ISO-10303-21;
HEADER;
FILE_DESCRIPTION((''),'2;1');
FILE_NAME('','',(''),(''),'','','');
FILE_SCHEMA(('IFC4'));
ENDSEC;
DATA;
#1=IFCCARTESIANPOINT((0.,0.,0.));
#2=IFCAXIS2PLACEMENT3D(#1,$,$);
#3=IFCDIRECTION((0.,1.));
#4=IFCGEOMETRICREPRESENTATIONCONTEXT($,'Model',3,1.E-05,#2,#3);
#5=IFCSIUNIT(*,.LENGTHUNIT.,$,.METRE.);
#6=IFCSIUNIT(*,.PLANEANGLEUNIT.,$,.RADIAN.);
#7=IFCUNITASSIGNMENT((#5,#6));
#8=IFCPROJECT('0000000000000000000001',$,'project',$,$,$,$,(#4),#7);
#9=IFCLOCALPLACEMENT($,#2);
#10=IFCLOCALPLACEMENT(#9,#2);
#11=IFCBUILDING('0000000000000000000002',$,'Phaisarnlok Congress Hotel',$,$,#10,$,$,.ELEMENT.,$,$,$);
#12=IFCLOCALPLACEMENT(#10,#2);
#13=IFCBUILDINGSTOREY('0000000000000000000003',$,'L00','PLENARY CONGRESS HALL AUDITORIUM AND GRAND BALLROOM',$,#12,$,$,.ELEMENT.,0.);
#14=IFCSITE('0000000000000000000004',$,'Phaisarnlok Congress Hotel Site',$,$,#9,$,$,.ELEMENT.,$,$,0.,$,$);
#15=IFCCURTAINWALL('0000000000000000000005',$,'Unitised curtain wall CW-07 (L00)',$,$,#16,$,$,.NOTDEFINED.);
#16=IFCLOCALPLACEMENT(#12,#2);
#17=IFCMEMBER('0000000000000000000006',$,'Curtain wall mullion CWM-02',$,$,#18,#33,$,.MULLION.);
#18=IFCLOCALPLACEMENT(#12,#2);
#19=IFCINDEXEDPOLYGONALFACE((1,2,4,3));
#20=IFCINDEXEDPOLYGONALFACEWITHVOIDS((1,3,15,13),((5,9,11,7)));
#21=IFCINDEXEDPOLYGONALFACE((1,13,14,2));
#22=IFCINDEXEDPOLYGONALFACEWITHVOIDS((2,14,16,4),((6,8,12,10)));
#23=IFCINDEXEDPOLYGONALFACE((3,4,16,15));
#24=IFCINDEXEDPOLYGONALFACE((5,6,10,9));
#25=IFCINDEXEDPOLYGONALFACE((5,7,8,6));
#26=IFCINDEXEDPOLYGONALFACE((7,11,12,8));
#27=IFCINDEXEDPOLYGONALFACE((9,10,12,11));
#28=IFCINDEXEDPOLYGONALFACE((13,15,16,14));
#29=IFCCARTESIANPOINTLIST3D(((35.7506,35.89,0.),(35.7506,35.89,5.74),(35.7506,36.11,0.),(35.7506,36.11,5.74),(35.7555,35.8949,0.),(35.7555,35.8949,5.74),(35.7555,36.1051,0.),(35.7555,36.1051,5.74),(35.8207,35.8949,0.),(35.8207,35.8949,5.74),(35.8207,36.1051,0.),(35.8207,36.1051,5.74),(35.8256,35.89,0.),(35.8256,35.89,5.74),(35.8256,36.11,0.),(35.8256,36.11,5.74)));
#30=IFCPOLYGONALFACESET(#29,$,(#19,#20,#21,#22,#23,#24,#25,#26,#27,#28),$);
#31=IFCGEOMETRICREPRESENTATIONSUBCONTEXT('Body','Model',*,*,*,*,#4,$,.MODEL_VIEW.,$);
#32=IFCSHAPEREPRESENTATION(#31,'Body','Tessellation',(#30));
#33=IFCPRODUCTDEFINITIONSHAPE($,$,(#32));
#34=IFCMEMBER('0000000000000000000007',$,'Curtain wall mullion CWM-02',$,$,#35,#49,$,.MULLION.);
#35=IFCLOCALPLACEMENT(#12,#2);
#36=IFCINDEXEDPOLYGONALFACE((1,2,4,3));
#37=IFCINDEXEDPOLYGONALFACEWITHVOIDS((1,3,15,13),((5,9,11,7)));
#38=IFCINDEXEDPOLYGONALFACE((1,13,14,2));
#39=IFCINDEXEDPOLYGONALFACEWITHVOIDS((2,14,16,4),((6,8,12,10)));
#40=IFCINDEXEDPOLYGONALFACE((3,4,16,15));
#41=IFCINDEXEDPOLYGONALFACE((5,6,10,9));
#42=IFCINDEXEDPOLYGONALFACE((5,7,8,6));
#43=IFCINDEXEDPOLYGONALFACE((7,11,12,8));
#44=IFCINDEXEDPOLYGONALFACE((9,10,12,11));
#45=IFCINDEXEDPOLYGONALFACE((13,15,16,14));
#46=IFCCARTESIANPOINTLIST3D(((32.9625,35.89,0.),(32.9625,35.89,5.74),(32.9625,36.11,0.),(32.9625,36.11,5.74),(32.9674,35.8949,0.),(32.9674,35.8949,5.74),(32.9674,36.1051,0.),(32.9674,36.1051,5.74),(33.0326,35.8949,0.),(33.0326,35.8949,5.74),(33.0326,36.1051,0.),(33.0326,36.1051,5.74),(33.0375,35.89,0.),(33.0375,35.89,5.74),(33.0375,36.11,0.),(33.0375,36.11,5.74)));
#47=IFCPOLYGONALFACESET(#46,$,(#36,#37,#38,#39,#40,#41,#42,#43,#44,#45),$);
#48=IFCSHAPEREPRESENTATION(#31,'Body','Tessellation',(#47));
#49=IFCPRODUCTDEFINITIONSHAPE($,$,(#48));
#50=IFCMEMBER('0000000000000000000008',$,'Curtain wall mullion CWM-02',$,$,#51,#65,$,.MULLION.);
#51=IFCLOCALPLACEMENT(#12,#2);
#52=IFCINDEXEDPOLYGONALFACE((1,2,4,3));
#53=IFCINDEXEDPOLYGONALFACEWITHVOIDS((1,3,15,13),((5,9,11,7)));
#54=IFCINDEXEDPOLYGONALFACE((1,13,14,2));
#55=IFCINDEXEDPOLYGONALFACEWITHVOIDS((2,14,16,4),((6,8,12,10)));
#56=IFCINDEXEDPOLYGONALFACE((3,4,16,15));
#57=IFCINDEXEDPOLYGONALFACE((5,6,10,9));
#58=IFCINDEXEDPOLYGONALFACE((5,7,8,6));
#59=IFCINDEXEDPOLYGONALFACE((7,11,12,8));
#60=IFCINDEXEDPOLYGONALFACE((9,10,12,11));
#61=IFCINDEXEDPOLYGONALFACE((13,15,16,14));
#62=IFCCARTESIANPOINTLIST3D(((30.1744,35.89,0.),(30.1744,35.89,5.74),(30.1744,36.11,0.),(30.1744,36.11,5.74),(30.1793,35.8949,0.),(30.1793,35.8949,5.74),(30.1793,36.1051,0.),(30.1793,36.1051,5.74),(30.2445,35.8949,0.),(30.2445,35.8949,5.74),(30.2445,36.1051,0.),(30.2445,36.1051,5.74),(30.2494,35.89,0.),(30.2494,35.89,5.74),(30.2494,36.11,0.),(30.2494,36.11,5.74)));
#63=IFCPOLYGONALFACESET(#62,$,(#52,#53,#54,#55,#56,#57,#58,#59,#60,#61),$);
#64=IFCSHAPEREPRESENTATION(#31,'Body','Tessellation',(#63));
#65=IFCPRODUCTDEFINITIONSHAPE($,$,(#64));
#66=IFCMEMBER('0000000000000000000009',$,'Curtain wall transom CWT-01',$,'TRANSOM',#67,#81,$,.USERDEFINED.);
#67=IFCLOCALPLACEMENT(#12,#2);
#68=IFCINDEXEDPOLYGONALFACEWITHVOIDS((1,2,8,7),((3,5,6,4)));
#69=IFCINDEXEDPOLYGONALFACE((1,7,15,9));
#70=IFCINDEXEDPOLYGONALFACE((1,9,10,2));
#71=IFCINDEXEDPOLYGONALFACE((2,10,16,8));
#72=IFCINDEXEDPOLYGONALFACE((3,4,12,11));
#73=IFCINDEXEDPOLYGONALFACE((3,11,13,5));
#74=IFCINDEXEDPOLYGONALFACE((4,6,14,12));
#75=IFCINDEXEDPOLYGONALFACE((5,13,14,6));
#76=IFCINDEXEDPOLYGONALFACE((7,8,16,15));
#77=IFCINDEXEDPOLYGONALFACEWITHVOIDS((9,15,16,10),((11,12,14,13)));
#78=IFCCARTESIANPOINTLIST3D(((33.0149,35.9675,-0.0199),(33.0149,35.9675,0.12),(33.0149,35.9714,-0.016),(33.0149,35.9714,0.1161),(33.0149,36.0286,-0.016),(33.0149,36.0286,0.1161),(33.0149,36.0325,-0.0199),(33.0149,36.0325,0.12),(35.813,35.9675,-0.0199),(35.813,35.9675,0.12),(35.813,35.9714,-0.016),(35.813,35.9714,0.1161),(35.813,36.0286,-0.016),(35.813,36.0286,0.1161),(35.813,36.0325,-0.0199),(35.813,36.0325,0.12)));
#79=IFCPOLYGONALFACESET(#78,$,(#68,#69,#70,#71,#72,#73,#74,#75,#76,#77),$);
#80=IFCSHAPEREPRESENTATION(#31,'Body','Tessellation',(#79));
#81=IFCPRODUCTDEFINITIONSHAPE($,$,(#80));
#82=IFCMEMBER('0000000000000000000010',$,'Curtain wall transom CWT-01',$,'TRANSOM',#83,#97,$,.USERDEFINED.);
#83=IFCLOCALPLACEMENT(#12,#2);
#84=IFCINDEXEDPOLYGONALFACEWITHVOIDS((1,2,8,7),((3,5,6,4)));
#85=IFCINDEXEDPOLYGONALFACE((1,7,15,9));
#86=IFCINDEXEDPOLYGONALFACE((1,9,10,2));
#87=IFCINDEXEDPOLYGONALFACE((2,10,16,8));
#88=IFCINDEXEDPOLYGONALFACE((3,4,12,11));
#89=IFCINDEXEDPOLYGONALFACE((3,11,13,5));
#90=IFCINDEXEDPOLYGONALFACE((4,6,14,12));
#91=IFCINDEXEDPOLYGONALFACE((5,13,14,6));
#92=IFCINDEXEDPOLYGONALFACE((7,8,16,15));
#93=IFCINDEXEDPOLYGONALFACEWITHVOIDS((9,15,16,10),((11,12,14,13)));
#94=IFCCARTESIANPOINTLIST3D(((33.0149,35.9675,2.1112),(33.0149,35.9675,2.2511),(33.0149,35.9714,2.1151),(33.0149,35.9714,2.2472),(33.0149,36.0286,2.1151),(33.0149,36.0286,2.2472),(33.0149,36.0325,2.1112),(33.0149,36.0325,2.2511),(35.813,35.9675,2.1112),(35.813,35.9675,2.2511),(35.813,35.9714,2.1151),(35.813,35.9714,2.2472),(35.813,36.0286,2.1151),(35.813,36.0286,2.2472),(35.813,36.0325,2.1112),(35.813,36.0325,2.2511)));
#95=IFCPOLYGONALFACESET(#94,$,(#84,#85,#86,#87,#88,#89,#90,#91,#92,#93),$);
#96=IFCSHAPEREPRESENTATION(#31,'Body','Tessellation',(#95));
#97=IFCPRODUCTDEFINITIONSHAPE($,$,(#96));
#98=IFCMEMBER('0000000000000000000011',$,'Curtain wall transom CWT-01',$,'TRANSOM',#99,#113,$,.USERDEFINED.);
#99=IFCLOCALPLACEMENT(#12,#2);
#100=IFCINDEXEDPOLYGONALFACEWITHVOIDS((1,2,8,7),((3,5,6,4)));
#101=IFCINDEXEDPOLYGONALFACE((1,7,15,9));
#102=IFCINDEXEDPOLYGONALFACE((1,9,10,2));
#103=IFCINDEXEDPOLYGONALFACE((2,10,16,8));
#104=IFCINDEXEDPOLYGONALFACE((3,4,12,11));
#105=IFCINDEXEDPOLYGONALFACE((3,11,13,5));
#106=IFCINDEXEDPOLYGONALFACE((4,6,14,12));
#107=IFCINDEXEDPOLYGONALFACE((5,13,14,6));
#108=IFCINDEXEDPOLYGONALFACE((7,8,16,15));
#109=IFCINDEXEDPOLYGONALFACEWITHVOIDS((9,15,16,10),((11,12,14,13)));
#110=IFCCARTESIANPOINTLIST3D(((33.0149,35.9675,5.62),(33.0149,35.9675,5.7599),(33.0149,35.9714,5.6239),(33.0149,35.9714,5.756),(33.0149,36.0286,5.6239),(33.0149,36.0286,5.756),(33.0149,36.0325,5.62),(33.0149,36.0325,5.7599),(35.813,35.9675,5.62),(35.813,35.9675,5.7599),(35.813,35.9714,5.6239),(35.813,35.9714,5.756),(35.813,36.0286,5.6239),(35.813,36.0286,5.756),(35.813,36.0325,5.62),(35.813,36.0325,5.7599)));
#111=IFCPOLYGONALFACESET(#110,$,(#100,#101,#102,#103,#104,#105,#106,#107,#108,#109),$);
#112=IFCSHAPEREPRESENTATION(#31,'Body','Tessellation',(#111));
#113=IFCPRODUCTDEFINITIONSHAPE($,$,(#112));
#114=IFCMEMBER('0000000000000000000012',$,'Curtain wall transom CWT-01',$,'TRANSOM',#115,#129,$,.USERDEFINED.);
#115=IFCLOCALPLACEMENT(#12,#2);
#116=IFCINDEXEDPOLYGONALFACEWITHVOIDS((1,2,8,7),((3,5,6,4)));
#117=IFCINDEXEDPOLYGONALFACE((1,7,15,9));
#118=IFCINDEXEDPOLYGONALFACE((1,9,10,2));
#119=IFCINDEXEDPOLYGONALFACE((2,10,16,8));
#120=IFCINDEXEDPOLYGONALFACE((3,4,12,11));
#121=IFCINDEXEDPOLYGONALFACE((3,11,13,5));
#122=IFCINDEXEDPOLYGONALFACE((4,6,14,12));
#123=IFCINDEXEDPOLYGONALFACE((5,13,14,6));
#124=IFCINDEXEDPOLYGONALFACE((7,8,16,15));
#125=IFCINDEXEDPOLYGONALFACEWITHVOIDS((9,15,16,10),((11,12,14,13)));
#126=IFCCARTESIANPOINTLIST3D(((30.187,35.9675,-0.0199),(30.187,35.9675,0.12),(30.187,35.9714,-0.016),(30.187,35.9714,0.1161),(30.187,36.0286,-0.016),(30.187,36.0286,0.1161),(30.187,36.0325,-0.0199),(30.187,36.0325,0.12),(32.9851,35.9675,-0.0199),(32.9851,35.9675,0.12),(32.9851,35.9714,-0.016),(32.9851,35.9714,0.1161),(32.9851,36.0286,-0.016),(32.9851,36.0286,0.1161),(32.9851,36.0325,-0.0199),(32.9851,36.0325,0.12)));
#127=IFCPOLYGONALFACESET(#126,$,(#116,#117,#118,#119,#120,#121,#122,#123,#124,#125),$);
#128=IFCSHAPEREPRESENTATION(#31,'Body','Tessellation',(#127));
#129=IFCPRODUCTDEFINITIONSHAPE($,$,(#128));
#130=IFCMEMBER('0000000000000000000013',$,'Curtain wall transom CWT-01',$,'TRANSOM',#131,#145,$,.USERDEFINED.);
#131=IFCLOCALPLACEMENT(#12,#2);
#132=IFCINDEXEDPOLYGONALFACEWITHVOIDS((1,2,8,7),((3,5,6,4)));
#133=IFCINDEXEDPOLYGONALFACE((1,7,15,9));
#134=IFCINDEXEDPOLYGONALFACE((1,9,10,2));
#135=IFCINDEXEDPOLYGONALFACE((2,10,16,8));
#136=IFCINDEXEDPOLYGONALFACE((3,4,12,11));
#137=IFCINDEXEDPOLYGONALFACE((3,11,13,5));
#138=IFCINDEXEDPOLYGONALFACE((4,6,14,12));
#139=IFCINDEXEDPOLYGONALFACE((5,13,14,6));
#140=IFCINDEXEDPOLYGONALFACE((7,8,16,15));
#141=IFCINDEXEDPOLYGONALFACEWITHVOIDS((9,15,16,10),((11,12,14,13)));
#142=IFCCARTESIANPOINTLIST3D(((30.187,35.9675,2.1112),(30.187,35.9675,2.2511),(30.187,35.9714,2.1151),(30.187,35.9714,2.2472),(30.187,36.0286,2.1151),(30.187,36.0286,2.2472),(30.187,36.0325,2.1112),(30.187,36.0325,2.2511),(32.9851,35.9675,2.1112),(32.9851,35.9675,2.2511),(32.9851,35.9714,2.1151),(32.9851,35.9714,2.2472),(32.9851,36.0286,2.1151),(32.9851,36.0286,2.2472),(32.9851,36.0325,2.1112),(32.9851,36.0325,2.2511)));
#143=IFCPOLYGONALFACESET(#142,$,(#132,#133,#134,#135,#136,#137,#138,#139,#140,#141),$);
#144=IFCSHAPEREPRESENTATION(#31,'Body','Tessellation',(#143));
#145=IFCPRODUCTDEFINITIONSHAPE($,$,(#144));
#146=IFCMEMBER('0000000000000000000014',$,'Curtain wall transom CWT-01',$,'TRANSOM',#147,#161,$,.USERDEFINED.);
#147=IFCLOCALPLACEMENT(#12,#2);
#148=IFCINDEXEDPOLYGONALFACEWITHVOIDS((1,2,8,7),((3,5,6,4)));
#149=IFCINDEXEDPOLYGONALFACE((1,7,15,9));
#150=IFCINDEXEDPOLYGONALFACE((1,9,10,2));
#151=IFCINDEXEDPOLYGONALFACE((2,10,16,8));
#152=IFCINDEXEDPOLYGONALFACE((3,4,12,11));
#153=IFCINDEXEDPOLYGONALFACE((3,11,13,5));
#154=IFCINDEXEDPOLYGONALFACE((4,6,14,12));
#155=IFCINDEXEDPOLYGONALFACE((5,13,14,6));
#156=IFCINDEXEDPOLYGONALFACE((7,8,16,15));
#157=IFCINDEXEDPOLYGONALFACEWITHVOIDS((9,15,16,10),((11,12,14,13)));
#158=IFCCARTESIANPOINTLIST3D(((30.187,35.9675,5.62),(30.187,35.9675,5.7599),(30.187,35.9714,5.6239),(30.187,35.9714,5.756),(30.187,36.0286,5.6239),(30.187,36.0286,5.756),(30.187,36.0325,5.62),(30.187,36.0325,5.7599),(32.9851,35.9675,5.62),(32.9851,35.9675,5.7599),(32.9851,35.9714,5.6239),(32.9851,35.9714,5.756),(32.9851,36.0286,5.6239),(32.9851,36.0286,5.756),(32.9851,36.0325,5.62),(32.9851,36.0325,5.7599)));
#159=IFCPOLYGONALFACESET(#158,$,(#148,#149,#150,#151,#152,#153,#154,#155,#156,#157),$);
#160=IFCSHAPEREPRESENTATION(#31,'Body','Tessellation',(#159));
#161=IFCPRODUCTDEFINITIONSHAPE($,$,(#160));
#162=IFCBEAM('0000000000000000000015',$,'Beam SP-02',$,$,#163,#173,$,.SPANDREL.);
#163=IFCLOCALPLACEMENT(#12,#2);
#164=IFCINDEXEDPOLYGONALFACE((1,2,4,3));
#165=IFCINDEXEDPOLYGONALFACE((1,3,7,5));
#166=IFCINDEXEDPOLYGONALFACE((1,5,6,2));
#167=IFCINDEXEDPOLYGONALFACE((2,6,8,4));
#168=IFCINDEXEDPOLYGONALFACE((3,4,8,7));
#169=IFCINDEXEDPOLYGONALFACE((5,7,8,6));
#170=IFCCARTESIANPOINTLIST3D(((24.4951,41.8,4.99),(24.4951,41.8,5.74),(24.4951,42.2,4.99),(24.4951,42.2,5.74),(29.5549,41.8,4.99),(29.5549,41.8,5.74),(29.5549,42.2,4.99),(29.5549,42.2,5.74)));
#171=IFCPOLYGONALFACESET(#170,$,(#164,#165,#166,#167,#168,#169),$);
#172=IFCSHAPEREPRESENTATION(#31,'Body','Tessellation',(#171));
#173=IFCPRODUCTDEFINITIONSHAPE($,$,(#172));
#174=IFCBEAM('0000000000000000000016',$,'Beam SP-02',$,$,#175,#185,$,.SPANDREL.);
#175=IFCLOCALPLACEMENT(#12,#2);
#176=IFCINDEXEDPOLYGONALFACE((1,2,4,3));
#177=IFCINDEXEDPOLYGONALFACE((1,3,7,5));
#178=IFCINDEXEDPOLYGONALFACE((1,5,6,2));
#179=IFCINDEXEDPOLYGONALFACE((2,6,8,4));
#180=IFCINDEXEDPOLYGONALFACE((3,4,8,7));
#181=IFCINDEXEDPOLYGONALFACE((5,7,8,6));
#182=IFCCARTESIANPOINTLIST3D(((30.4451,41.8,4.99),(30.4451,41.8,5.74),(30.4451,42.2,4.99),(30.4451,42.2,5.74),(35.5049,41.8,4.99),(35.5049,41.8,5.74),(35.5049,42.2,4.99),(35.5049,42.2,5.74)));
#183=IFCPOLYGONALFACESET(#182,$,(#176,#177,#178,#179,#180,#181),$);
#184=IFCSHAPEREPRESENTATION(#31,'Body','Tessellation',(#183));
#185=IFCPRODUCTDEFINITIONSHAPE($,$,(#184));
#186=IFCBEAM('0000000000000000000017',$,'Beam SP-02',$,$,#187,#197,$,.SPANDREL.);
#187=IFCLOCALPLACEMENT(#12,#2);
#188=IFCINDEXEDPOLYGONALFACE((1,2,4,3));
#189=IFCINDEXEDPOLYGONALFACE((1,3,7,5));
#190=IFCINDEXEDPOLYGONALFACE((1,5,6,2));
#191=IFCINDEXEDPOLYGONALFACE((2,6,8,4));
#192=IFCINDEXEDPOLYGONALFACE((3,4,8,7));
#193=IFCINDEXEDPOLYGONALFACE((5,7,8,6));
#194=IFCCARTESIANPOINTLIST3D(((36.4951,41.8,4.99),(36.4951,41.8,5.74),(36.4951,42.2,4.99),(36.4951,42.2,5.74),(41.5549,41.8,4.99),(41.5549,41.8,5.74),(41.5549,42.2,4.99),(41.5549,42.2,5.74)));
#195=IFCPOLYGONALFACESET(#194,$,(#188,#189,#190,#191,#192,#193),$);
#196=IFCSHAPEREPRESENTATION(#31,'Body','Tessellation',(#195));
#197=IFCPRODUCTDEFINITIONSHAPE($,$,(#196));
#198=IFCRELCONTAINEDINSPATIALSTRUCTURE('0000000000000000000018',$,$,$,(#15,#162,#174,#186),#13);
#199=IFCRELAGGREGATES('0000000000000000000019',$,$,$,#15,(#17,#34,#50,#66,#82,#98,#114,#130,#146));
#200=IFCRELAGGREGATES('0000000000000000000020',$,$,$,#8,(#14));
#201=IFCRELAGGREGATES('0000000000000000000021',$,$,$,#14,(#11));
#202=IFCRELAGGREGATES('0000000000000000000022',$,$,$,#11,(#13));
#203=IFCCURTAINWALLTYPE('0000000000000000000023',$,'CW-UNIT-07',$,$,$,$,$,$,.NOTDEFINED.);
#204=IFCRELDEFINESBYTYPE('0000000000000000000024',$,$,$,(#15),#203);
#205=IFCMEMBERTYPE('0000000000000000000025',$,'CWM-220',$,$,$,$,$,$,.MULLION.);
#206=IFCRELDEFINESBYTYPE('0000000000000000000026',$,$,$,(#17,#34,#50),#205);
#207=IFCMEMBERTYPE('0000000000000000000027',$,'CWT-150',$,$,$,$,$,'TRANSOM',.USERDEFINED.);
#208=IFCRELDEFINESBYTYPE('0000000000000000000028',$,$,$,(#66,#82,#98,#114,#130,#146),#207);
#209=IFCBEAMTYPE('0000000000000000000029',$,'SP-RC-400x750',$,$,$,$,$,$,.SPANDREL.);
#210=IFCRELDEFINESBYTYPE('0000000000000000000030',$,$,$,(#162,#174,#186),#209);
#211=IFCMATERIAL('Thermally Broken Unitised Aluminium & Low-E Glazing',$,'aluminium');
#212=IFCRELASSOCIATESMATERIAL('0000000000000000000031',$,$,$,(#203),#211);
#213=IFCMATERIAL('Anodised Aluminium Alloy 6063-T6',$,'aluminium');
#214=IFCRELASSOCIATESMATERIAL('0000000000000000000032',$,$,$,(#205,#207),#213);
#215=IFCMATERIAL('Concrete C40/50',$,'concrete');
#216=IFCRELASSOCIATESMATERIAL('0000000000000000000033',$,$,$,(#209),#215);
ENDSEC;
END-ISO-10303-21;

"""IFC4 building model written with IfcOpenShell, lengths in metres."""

from ifc_helpers import new_model, si_unit, direction, frame, origin, origin_2d, place, context, subcontext, project, spatial, rectangle, hollow_rectangle, extrude, material, material_profile, profile_set, type_object, element, aggregate, save


model = new_model("IFC4")

# Units and contexts
model_context = context("Model", 3, precision=1e-05, world=origin(), true_north=direction((0.0, 1.0)))
body_context = subcontext(model_context, "Body", "Model", "MODEL_VIEW")
ifc_project = project(units=[si_unit("LENGTHUNIT", "METRE"), si_unit("PLANEANGLEUNIT", "RADIAN")], contexts=[model_context])

# Site, building, storey
site_placement = place(None, origin())
site = spatial("IfcSite", under=ifc_project, at=site_placement, Name="Phaisarnlok Congress Hotel Site", CompositionType="ELEMENT", RefElevation=0.0)
building_placement = place(site_placement, origin())
building = spatial("IfcBuilding", under=site, at=building_placement, Name="Phaisarnlok Congress Hotel", CompositionType="ELEMENT")
storey_placement = place(building_placement, origin())
storey = spatial("IfcBuildingStorey", under=building, at=storey_placement, Name="L00", Description="PLENARY CONGRESS HALL AUDITORIUM AND GRAND BALLROOM", CompositionType="ELEMENT", Elevation=0.0)

# Curtain wall, members
ifc_material_1 = material(Name="Thermally Broken Unitised Aluminium & Low-E Glazing", Category="aluminium")
curtain_wall_type = type_object("IfcCurtainWallType", Name="CW-UNIT-07", PredefinedType="NOTDEFINED", material=ifc_material_1)
curtain_wall_placement = place(storey_placement, origin())
curtain_wall = element("IfcCurtainWall", 1, at=curtain_wall_placement, inside=storey, type_object=curtain_wall_type, Name="Unitised curtain wall CW-07 (L00)", PredefinedType="NOTDEFINED")
ifc_material_2 = material(Name="Anodised Aluminium Alloy 6063-T6", Category="aluminium")
ifc_material_profile_1 = material_profile(ifc_material_2, hollow_rectangle(XDim=0.075, YDim=0.22, WallThickness=0.0049, at=origin_2d()), Name="ALU-M 75x220x5")
ifc_profile_set_1 = profile_set([ifc_material_profile_1], Name="Anodised Aluminium Alloy 6063-T6")
member_type_1 = type_object("IfcMemberType", Name="CWM-220", PredefinedType="MULLION", material=ifc_profile_set_1)
member_1_placement = place(storey_placement, frame((35.7881, 36.0, 0.0), z_axis=(0.0, 0.0, 1.0), x_axis=(-1.0, 0.0, 0.0)))
member_1 = element("IfcMember", 2, at=member_1_placement, type_object=member_type_1, Name="Curtain wall mullion CWM-02", PredefinedType="MULLION", context=body_context, shape_type="SweptSolid", body=[
    extrude(hollow_rectangle(XDim=0.075, YDim=0.22, WallThickness=0.0049, at=origin_2d()), origin(), (0.0, 0.0, 1.0), 5.74),
])
member_2_placement = place(storey_placement, frame((33.0, 36.0, 0.0), z_axis=(0.0, 0.0, 1.0), x_axis=(-1.0, 0.0, 0.0)))
member_2 = element("IfcMember", 3, at=member_2_placement, type_object=member_type_1, Name="Curtain wall mullion CWM-02", PredefinedType="MULLION", context=body_context, shape_type="SweptSolid", body=[
    extrude(hollow_rectangle(XDim=0.075, YDim=0.22, WallThickness=0.0049, at=origin_2d()), origin(), (0.0, 0.0, 1.0), 5.74),
])
member_3_placement = place(storey_placement, frame((30.2119, 36.0, 0.0), z_axis=(0.0, 0.0, 1.0), x_axis=(-1.0, 0.0, 0.0)))
member_3 = element("IfcMember", 4, at=member_3_placement, type_object=member_type_1, Name="Curtain wall mullion CWM-02", PredefinedType="MULLION", context=body_context, shape_type="SweptSolid", body=[
    extrude(hollow_rectangle(XDim=0.075, YDim=0.22, WallThickness=0.0049, at=origin_2d()), origin(), (0.0, 0.0, 1.0), 5.74),
])
ifc_material_profile_2 = material_profile(ifc_material_2, hollow_rectangle(XDim=0.0649, YDim=0.1399, WallThickness=0.0039, at=origin_2d()), Name="ALU-T 65x140x4")
ifc_profile_set_2 = profile_set([ifc_material_profile_2], Name="Anodised Aluminium Alloy 6063-T6")
member_type_2 = type_object("IfcMemberType", Name="CWT-150", ElementType="TRANSOM", PredefinedType="USERDEFINED", material=ifc_profile_set_2)
member_4_placement = place(storey_placement, frame((35.813, 36.0, 0.05), z_axis=(-1.0, 0.0, 0.0), x_axis=(0.0, -1.0, 0.0)))
member_4 = element("IfcMember", 5, at=member_4_placement, type_object=member_type_2, Name="Curtain wall transom CWT-01", ObjectType="TRANSOM", PredefinedType="USERDEFINED", context=body_context, shape_type="SweptSolid", body=[
    extrude(hollow_rectangle(XDim=0.0649, YDim=0.1399, WallThickness=0.0039, at=origin_2d()), origin(), (0.0, 0.0, 1.0), 2.7981),
])
member_5_placement = place(storey_placement, frame((35.813, 36.0, 2.1812), z_axis=(-1.0, 0.0, 0.0), x_axis=(0.0, -1.0, 0.0)))
member_5 = element("IfcMember", 6, at=member_5_placement, type_object=member_type_2, Name="Curtain wall transom CWT-01", ObjectType="TRANSOM", PredefinedType="USERDEFINED", context=body_context, shape_type="SweptSolid", body=[
    extrude(hollow_rectangle(XDim=0.0649, YDim=0.1399, WallThickness=0.0039, at=origin_2d()), origin(), (0.0, 0.0, 1.0), 2.7981),
])
member_6_placement = place(storey_placement, frame((35.813, 36.0, 5.6899), z_axis=(-1.0, 0.0, 0.0), x_axis=(0.0, -1.0, 0.0)))
member_6 = element("IfcMember", 7, at=member_6_placement, type_object=member_type_2, Name="Curtain wall transom CWT-01", ObjectType="TRANSOM", PredefinedType="USERDEFINED", context=body_context, shape_type="SweptSolid", body=[
    extrude(hollow_rectangle(XDim=0.0649, YDim=0.1399, WallThickness=0.0039, at=origin_2d()), origin(), (0.0, 0.0, 1.0), 2.7981),
])
member_7_placement = place(storey_placement, frame((32.9851, 36.0, 0.05), z_axis=(-1.0, 0.0, 0.0), x_axis=(0.0, -1.0, 0.0)))
member_7 = element("IfcMember", 8, at=member_7_placement, type_object=member_type_2, Name="Curtain wall transom CWT-01", ObjectType="TRANSOM", PredefinedType="USERDEFINED", context=body_context, shape_type="SweptSolid", body=[
    extrude(hollow_rectangle(XDim=0.0649, YDim=0.1399, WallThickness=0.0039, at=origin_2d()), origin(), (0.0, 0.0, 1.0), 2.7981),
])
member_8_placement = place(storey_placement, frame((32.9851, 36.0, 2.1812), z_axis=(-1.0, 0.0, 0.0), x_axis=(0.0, -1.0, 0.0)))
member_8 = element("IfcMember", 9, at=member_8_placement, type_object=member_type_2, Name="Curtain wall transom CWT-01", ObjectType="TRANSOM", PredefinedType="USERDEFINED", context=body_context, shape_type="SweptSolid", body=[
    extrude(hollow_rectangle(XDim=0.0649, YDim=0.1399, WallThickness=0.0039, at=origin_2d()), origin(), (0.0, 0.0, 1.0), 2.7981),
])
member_9_placement = place(storey_placement, frame((32.9851, 36.0, 5.6899), z_axis=(-1.0, 0.0, 0.0), x_axis=(0.0, -1.0, 0.0)))
member_9 = element("IfcMember", 10, at=member_9_placement, type_object=member_type_2, Name="Curtain wall transom CWT-01", ObjectType="TRANSOM", PredefinedType="USERDEFINED", context=body_context, shape_type="SweptSolid", body=[
    extrude(hollow_rectangle(XDim=0.0649, YDim=0.1399, WallThickness=0.0039, at=origin_2d()), origin(), (0.0, 0.0, 1.0), 2.7981),
])

# Beams
ifc_material_3 = material(Name="Concrete C40/50", Category="concrete")
ifc_material_profile_3 = material_profile(ifc_material_3, rectangle(XDim=0.3999, YDim=0.75, at=origin_2d()), Name="RC 400x750")
ifc_profile_set_3 = profile_set([ifc_material_profile_3], Name="Concrete C40/50")
beam_type = type_object("IfcBeamType", Name="SP-RC-400x750", PredefinedType="SPANDREL", material=ifc_profile_set_3)
for number, where, z_axis, x_axis, name in (
    (11, (24.4951, 42.0, 5.365), (1.0, 0.0, 0.0), (0.0, 1.0, 0.0), "Beam SP-02"),
    (12, (30.4451, 42.0, 5.365), (1.0, 0.0, 0.0), (0.0, 1.0, 0.0), "Beam SP-02"),
    (13, (36.4951, 42.0, 5.365), (1.0, 0.0, 0.0), (0.0, 1.0, 0.0), "Beam SP-02"),
):
    element("IfcBeam", number, at=place(storey_placement, frame(where, z_axis=z_axis, x_axis=x_axis)), inside=storey, type_object=beam_type, Name=name, PredefinedType="SPANDREL", context=body_context, shape_type="SweptSolid", body=[
        extrude(rectangle(XDim=0.3999, YDim=0.75, at=origin_2d()), origin(), (0.0, 0.0, 1.0), 5.0598),
    ])

aggregate(curtain_wall, [member_1, member_2, member_3, member_4, member_5, member_6, member_7, member_8, member_9])

save(model, "model.ifc")
